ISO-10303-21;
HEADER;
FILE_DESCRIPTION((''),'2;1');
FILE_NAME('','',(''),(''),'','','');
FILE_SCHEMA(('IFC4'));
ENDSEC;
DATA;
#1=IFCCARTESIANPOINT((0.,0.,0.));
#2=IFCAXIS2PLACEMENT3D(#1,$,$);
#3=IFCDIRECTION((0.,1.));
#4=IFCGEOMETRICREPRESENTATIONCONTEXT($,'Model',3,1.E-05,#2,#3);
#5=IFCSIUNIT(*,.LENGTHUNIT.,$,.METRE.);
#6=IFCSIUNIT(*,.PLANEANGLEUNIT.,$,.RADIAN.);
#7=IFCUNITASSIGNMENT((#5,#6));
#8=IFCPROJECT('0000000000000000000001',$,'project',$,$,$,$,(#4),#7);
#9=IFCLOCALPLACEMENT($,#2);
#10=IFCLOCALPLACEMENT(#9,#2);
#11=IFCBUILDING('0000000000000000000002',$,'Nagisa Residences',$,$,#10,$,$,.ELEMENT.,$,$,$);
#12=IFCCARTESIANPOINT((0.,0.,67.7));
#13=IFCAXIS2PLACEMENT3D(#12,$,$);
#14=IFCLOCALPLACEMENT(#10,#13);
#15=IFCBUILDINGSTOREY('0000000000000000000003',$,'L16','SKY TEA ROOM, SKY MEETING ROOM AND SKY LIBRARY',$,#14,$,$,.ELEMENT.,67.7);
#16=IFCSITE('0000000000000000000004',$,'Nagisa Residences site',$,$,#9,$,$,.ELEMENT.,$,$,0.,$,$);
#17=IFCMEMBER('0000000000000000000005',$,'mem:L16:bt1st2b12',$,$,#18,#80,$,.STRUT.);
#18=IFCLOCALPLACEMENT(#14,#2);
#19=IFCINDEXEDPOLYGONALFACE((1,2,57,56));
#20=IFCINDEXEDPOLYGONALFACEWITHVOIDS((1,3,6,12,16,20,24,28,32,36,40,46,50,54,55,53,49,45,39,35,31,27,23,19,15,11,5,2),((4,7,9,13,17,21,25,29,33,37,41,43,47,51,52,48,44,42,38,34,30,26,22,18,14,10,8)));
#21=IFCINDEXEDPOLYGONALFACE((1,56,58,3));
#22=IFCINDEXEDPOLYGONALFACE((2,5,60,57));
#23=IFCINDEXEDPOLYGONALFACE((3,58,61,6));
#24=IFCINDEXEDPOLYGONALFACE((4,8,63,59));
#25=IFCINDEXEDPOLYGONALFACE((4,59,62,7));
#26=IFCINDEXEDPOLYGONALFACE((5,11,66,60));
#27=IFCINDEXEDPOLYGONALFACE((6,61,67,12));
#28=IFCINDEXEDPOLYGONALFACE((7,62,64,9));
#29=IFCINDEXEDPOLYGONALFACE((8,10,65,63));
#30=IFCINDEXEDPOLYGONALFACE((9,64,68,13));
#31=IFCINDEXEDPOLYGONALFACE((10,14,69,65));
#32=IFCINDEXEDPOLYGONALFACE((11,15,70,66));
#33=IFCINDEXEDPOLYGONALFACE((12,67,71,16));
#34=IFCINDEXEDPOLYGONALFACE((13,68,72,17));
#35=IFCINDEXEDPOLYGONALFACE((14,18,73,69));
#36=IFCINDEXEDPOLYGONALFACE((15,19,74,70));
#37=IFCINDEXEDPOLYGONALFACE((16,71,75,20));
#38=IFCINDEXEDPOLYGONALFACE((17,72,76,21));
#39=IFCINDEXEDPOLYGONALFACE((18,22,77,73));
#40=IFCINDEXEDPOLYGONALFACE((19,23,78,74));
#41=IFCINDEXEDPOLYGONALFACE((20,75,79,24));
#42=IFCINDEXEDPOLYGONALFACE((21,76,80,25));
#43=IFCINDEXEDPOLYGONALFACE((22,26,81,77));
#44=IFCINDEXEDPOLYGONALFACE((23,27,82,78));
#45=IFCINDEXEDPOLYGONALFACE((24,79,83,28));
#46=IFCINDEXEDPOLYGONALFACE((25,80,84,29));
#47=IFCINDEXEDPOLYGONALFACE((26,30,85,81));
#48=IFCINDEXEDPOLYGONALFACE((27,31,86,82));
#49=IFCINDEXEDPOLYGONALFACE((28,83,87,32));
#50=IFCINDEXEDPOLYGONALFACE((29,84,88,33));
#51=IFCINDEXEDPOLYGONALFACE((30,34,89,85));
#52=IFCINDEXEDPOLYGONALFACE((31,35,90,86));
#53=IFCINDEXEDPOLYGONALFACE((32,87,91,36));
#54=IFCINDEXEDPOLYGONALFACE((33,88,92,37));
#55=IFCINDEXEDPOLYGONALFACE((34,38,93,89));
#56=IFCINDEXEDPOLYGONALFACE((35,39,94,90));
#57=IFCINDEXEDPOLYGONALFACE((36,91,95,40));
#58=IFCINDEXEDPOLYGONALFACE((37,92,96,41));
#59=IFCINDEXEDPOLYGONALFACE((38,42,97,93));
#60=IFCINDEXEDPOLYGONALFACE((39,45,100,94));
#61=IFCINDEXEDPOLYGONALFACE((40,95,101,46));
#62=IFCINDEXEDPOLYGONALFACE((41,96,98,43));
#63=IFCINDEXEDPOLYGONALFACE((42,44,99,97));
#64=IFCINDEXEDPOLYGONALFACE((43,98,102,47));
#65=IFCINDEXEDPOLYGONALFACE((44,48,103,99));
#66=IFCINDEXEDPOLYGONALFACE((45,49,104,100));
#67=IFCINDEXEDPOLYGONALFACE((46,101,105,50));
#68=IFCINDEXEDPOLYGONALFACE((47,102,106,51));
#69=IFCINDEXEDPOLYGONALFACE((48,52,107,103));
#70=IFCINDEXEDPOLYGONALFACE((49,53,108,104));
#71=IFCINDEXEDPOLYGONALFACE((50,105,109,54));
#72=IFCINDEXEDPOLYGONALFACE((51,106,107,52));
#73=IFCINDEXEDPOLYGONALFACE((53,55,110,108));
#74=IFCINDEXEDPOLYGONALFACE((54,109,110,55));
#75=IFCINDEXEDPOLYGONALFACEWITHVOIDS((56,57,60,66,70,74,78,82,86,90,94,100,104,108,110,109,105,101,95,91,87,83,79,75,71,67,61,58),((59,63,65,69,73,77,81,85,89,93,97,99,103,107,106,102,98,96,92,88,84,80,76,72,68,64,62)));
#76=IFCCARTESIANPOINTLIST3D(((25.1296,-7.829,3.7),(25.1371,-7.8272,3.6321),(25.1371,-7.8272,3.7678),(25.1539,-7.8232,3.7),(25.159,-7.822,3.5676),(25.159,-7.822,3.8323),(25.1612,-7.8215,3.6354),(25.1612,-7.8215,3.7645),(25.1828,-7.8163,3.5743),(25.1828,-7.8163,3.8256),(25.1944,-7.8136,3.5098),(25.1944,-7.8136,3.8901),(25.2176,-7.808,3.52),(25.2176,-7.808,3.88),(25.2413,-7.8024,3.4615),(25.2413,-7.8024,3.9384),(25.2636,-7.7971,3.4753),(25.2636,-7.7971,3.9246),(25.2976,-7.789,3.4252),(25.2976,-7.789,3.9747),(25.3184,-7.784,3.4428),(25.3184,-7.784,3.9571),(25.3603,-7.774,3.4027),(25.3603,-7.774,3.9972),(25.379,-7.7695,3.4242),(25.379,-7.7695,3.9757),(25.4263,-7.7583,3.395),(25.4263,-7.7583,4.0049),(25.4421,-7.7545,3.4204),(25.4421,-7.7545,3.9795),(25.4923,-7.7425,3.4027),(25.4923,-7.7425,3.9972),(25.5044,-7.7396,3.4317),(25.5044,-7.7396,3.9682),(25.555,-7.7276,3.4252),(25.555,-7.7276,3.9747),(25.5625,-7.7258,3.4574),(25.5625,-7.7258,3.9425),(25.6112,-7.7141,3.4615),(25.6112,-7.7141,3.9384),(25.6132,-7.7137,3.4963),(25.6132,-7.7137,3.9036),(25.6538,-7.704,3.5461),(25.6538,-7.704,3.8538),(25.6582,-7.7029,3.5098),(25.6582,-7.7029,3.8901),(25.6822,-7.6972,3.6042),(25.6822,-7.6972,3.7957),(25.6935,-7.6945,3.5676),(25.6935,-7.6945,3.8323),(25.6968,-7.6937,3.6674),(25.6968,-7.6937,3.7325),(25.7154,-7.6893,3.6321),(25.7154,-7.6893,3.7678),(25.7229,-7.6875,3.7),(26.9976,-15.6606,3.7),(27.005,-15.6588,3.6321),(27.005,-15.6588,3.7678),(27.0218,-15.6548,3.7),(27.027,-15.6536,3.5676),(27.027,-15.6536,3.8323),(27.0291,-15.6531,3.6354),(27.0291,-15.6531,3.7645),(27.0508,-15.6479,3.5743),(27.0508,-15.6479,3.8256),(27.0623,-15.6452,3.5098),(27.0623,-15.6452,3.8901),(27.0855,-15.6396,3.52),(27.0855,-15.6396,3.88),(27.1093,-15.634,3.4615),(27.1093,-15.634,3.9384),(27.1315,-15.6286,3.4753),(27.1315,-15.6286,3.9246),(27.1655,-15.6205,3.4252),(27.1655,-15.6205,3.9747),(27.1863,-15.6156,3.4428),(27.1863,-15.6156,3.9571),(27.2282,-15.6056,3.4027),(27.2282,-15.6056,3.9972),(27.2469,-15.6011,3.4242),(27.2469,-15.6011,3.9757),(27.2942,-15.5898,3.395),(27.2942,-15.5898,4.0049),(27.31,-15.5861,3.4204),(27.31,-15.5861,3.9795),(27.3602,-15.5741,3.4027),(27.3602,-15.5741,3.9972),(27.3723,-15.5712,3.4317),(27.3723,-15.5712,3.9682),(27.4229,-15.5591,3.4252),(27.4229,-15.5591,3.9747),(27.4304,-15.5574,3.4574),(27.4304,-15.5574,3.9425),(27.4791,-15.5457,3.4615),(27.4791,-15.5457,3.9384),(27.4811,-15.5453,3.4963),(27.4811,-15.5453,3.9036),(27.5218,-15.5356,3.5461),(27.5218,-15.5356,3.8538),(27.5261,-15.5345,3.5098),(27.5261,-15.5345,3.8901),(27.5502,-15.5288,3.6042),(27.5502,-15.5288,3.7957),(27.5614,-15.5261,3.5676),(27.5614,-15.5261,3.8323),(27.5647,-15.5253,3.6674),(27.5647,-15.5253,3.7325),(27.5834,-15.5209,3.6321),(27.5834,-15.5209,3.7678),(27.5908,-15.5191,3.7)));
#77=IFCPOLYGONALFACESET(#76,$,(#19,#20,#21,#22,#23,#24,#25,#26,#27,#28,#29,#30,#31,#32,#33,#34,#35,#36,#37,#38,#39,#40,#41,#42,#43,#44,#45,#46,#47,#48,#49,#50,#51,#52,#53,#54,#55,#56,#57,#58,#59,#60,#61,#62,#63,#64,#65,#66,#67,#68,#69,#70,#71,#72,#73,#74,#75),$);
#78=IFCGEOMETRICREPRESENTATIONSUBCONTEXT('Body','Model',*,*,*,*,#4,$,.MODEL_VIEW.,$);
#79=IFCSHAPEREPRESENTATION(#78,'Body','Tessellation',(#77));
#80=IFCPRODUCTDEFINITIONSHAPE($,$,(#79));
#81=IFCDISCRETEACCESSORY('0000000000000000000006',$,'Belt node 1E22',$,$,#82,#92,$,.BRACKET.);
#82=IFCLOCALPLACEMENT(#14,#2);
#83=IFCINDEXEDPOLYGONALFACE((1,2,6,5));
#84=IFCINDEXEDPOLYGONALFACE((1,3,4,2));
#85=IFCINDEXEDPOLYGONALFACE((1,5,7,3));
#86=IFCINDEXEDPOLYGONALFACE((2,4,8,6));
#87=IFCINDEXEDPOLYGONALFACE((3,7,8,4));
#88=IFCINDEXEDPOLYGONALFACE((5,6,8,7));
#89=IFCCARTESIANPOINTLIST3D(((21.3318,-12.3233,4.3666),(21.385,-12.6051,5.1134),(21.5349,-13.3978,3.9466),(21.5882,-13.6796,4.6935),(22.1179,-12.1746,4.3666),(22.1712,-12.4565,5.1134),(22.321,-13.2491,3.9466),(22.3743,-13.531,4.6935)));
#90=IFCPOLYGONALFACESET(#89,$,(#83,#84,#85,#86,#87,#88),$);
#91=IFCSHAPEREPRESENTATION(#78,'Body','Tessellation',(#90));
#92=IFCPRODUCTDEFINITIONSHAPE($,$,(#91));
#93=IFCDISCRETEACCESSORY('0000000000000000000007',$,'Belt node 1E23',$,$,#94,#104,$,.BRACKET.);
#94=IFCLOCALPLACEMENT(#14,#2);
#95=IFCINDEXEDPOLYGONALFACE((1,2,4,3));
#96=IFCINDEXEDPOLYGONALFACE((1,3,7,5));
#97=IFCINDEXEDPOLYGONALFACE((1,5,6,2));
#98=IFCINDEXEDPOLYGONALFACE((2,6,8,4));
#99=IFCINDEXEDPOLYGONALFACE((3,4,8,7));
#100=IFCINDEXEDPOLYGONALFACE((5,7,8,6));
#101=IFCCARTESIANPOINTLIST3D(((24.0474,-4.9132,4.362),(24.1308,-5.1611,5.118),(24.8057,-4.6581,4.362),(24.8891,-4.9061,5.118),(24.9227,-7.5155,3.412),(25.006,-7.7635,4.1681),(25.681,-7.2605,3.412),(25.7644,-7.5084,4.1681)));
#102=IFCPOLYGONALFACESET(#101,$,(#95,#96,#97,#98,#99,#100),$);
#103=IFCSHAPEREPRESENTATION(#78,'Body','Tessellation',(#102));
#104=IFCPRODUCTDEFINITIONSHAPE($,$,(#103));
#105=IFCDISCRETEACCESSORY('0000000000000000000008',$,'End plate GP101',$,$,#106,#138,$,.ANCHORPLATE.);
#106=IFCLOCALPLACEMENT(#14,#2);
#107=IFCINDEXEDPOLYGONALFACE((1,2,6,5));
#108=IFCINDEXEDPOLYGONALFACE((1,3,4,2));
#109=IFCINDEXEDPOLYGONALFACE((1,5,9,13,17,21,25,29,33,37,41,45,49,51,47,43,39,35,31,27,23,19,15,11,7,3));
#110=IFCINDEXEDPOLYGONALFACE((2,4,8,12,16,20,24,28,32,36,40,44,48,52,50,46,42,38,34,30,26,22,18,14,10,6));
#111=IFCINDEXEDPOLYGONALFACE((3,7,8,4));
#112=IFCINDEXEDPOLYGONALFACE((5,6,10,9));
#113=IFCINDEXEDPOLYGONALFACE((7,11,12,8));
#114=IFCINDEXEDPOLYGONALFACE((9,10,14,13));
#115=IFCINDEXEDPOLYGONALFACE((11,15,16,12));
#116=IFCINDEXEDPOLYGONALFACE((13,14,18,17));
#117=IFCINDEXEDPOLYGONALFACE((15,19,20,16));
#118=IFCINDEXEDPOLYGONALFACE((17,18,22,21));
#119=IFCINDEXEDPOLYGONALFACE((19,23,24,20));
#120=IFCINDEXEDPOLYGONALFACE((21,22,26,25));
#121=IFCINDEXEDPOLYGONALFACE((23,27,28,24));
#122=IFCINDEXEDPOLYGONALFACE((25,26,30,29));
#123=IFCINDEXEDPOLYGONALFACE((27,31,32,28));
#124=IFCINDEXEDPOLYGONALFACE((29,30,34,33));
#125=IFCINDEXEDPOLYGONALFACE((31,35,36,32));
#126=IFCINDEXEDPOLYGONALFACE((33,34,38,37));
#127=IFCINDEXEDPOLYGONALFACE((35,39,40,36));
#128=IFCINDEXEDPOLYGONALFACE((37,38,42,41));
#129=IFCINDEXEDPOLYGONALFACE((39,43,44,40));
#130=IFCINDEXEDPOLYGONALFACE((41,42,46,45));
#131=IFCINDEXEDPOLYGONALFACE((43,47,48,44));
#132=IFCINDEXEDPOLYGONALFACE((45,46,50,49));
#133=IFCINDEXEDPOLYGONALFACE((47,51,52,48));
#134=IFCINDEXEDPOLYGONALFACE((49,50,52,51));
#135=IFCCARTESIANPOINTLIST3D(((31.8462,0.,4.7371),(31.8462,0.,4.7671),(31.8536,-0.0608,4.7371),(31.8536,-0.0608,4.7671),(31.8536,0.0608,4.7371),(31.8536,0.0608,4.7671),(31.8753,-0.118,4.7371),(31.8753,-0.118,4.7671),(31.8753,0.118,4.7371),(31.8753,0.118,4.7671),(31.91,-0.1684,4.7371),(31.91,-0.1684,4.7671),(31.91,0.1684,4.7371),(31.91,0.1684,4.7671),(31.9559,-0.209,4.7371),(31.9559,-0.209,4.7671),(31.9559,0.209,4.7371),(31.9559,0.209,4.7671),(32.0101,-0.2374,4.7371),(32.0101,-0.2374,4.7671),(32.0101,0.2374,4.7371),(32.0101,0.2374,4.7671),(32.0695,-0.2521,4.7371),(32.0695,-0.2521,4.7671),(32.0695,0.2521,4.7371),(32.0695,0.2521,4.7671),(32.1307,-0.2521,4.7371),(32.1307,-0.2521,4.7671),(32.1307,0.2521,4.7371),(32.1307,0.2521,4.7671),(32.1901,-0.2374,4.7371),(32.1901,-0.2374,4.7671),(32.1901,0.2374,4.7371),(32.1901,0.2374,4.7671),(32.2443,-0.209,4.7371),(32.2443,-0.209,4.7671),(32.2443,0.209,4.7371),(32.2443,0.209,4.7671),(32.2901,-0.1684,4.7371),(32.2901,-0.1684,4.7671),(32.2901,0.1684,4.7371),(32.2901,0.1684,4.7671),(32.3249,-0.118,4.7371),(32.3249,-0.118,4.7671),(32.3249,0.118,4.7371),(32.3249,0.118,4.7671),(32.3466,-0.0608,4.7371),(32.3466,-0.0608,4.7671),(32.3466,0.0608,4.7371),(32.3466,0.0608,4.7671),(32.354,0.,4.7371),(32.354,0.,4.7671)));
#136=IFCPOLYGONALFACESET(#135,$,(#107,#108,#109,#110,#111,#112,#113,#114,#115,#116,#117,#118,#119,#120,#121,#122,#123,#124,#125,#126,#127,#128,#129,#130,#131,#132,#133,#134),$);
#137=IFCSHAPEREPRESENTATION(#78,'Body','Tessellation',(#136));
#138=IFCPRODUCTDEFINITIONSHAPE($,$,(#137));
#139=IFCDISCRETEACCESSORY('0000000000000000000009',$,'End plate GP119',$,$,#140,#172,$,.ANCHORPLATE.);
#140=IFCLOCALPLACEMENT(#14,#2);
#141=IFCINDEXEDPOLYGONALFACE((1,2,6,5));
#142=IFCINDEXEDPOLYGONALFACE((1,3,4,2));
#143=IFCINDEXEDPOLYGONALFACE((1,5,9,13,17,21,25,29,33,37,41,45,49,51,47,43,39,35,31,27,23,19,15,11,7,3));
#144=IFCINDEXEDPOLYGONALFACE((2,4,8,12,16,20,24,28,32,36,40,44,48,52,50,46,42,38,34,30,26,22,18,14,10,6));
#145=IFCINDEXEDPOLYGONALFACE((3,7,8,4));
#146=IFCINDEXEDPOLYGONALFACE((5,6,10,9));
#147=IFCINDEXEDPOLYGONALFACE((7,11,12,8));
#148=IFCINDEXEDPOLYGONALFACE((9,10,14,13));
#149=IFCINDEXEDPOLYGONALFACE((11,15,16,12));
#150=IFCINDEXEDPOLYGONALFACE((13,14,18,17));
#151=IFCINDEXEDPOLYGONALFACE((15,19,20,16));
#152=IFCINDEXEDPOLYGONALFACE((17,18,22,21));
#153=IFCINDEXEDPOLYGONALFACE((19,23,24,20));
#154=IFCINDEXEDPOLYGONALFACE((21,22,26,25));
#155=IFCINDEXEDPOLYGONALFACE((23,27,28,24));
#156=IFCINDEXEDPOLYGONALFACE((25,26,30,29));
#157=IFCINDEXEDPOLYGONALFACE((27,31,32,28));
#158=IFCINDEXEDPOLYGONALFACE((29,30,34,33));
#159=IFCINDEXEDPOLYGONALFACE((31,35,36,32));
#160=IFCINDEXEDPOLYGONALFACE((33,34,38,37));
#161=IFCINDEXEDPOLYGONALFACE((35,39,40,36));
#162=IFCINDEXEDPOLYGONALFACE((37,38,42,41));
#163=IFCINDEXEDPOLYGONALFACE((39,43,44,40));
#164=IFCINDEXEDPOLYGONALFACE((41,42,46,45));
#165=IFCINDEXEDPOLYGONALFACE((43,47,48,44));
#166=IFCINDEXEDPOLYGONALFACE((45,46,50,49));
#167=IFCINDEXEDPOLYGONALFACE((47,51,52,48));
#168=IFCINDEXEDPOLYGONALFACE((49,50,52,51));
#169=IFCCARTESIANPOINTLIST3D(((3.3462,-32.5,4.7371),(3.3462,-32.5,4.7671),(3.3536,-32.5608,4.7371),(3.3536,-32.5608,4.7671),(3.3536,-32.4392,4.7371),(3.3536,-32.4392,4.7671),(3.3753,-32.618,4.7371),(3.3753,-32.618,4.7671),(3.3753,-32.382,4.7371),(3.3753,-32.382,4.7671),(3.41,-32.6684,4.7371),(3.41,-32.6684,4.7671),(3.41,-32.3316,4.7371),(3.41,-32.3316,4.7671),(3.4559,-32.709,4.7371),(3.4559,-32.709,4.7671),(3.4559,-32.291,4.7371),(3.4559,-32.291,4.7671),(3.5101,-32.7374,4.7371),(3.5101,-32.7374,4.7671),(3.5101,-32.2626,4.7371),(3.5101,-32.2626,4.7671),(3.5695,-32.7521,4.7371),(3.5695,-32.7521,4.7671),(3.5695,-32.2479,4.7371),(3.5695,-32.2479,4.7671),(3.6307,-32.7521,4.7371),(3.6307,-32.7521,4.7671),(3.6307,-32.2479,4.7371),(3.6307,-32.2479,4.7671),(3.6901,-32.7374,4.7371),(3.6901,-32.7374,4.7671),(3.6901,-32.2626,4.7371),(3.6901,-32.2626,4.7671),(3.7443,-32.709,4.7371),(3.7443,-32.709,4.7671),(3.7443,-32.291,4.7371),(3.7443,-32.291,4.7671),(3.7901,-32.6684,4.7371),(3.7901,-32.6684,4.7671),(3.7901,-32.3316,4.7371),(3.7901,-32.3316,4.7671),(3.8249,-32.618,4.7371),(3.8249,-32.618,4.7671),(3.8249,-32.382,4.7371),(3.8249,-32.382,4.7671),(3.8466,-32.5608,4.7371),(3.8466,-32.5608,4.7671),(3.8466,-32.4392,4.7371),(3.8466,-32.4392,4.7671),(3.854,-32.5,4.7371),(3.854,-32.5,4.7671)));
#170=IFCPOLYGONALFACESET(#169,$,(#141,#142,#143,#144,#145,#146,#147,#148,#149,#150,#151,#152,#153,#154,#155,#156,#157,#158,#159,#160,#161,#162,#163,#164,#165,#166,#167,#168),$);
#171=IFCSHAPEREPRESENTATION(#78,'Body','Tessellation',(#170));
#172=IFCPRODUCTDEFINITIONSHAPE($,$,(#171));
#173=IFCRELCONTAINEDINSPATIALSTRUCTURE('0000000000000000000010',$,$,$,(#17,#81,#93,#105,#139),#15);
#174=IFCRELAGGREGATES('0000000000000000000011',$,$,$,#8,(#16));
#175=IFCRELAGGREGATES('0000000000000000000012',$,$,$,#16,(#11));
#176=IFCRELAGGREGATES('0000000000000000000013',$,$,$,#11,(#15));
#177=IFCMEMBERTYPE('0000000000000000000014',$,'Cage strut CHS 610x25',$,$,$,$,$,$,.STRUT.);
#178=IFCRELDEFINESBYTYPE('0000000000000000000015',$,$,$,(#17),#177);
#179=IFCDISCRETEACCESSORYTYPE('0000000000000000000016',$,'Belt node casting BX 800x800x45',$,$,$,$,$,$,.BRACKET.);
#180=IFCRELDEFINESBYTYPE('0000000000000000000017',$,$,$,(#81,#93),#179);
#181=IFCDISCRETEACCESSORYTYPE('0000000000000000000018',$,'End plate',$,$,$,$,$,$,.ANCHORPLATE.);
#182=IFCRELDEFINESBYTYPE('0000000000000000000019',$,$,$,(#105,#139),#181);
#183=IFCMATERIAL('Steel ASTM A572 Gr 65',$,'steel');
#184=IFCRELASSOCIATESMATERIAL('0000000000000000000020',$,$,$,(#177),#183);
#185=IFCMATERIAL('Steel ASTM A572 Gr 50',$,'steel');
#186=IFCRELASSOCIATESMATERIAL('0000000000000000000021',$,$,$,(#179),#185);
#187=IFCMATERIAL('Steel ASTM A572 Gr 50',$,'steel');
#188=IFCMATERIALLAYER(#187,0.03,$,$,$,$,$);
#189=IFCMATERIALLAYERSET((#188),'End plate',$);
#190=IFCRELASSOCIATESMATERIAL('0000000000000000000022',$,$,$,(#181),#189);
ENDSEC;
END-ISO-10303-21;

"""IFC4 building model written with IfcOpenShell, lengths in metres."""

from ifc_helpers import new_model, si_unit, direction, frame, origin, origin_2d, place, context, subcontext, project, spatial, rectangle, circle, hollow_circle, extrude, material, layer, layer_set, material_profile, profile_set, type_object, element, save


model = new_model("IFC4")

# Units and contexts
model_context = context("Model", 3, precision=1e-05, world=origin(), true_north=direction((0.0, 1.0)))
body_context = subcontext(model_context, "Body", "Model", "MODEL_VIEW")
ifc_project = project(units=[si_unit("LENGTHUNIT", "METRE"), si_unit("PLANEANGLEUNIT", "RADIAN")], contexts=[model_context])

# Site, building, storey
site_placement = place(None, origin())
site = spatial("IfcSite", under=ifc_project, at=site_placement, Name="Nagisa Residences site", CompositionType="ELEMENT", RefElevation=0.0)
building_placement = place(site_placement, origin())
building = spatial("IfcBuilding", under=site, at=building_placement, Name="Nagisa Residences", CompositionType="ELEMENT")
storey_placement = place(building_placement, frame((0.0, 0.0, 67.7)))
storey = spatial("IfcBuildingStorey", under=building, at=storey_placement, Name="L16", Description="SKY TEA ROOM, SKY MEETING ROOM AND SKY LIBRARY", CompositionType="ELEMENT", Elevation=67.7)

# Member
ifc_material_1 = material(Name="Steel ASTM A572 Gr 65", Category="steel")
ifc_material_profile_1 = material_profile(ifc_material_1, hollow_circle(Radius=0.3049, WallThickness=0.0249, at=origin_2d()), Name="CHS 610x25")
ifc_profile_set_1 = profile_set([ifc_material_profile_1], Name="Steel ASTM A572 Gr 65")
member_type_1 = type_object("IfcMemberType", Name="Cage strut CHS 610x25", PredefinedType="STRUT", material=ifc_profile_set_1)
member_1_placement = place(storey_placement, frame((27.2942, -15.5898, 3.7), z_axis=(-0.232004, 0.972715, 0.0), x_axis=(-0.972715, -0.232004, 0.0)))
element("IfcMember", 1, at=member_1_placement, inside=storey, type_object=member_type_1, Name="mem:L16:bt1st2b12", PredefinedType="STRUT", context=body_context, shape_type="SweptSolid", body=[
    extrude(hollow_circle(Radius=0.3049, WallThickness=0.0249, at=origin_2d()), origin(), (0.0, 0.0, 1.0), 8.0513),
])

# Discrete accessories
ifc_material_2 = material(Name="Steel ASTM A572 Gr 50", Category="steel")
discrete_accessory_type_1 = type_object("IfcDiscreteAccessoryType", Name="Belt node casting BX 800x800x45", PredefinedType="BRACKET", material=ifc_material_2)
discrete_accessory_1_placement = place(storey_placement, frame((21.9546, -13.4644, 4.3201), z_axis=(-0.173411, 0.917285, 0.358493), x_axis=(-0.982596, -0.185758, 0.0)))
element("IfcDiscreteAccessory", 2, at=discrete_accessory_1_placement, inside=storey, type_object=discrete_accessory_type_1, Name="Belt node 1E22", PredefinedType="BRACKET", context=body_context, shape_type="SweptSolid", body=[
    extrude(rectangle(XDim=0.8, YDim=0.8, at=origin_2d()), origin(), (0.0, 0.0, 1.0), 1.1714),
])
discrete_accessory_2_placement = place(storey_placement, frame((25.3435, -7.512, 3.79), z_axis=(-0.301264, 0.895726, 0.326979), x_axis=(-0.947826, -0.318788, 0.0)))
element("IfcDiscreteAccessory", 3, at=discrete_accessory_2_placement, inside=storey, type_object=discrete_accessory_type_1, Name="Belt node 1E23", PredefinedType="BRACKET", context=body_context, shape_type="SweptSolid", body=[
    extrude(rectangle(XDim=0.8, YDim=0.8, at=origin_2d()), origin(), (0.0, 0.0, 1.0), 2.9053),
])
ifc_material_3 = material(Name="Steel ASTM A572 Gr 50", Category="steel")
ifc_layer_1 = layer(ifc_material_3, 0.03)
ifc_layer_set_1 = layer_set([ifc_layer_1], Name="End plate")
discrete_accessory_type_2 = type_object("IfcDiscreteAccessoryType", Name="End plate", PredefinedType="ANCHORPLATE", material=ifc_layer_set_1)
for number, where, z_axis, x_axis, name in (
    (4, (32.1001, 0.0, 4.7371), (0.0, 0.0, 1.0), (1.0, 0.0, 0.0), "End plate GP101"),
    (5, (3.6001, -32.5, 4.7371), (0.0, 0.0, 1.0), (1.0, 0.0, 0.0), "End plate GP119"),
):
    element("IfcDiscreteAccessory", number, at=place(storey_placement, frame(where, z_axis=z_axis, x_axis=x_axis)), inside=storey, type_object=discrete_accessory_type_2, Name=name, PredefinedType="ANCHORPLATE", context=body_context, shape_type="SweptSolid", body=[
        extrude(circle(Radius=0.2539, at=origin_2d()), origin(), (0.0, 0.0, 1.0), 0.03),
    ])

save(model, "model.ifc")
